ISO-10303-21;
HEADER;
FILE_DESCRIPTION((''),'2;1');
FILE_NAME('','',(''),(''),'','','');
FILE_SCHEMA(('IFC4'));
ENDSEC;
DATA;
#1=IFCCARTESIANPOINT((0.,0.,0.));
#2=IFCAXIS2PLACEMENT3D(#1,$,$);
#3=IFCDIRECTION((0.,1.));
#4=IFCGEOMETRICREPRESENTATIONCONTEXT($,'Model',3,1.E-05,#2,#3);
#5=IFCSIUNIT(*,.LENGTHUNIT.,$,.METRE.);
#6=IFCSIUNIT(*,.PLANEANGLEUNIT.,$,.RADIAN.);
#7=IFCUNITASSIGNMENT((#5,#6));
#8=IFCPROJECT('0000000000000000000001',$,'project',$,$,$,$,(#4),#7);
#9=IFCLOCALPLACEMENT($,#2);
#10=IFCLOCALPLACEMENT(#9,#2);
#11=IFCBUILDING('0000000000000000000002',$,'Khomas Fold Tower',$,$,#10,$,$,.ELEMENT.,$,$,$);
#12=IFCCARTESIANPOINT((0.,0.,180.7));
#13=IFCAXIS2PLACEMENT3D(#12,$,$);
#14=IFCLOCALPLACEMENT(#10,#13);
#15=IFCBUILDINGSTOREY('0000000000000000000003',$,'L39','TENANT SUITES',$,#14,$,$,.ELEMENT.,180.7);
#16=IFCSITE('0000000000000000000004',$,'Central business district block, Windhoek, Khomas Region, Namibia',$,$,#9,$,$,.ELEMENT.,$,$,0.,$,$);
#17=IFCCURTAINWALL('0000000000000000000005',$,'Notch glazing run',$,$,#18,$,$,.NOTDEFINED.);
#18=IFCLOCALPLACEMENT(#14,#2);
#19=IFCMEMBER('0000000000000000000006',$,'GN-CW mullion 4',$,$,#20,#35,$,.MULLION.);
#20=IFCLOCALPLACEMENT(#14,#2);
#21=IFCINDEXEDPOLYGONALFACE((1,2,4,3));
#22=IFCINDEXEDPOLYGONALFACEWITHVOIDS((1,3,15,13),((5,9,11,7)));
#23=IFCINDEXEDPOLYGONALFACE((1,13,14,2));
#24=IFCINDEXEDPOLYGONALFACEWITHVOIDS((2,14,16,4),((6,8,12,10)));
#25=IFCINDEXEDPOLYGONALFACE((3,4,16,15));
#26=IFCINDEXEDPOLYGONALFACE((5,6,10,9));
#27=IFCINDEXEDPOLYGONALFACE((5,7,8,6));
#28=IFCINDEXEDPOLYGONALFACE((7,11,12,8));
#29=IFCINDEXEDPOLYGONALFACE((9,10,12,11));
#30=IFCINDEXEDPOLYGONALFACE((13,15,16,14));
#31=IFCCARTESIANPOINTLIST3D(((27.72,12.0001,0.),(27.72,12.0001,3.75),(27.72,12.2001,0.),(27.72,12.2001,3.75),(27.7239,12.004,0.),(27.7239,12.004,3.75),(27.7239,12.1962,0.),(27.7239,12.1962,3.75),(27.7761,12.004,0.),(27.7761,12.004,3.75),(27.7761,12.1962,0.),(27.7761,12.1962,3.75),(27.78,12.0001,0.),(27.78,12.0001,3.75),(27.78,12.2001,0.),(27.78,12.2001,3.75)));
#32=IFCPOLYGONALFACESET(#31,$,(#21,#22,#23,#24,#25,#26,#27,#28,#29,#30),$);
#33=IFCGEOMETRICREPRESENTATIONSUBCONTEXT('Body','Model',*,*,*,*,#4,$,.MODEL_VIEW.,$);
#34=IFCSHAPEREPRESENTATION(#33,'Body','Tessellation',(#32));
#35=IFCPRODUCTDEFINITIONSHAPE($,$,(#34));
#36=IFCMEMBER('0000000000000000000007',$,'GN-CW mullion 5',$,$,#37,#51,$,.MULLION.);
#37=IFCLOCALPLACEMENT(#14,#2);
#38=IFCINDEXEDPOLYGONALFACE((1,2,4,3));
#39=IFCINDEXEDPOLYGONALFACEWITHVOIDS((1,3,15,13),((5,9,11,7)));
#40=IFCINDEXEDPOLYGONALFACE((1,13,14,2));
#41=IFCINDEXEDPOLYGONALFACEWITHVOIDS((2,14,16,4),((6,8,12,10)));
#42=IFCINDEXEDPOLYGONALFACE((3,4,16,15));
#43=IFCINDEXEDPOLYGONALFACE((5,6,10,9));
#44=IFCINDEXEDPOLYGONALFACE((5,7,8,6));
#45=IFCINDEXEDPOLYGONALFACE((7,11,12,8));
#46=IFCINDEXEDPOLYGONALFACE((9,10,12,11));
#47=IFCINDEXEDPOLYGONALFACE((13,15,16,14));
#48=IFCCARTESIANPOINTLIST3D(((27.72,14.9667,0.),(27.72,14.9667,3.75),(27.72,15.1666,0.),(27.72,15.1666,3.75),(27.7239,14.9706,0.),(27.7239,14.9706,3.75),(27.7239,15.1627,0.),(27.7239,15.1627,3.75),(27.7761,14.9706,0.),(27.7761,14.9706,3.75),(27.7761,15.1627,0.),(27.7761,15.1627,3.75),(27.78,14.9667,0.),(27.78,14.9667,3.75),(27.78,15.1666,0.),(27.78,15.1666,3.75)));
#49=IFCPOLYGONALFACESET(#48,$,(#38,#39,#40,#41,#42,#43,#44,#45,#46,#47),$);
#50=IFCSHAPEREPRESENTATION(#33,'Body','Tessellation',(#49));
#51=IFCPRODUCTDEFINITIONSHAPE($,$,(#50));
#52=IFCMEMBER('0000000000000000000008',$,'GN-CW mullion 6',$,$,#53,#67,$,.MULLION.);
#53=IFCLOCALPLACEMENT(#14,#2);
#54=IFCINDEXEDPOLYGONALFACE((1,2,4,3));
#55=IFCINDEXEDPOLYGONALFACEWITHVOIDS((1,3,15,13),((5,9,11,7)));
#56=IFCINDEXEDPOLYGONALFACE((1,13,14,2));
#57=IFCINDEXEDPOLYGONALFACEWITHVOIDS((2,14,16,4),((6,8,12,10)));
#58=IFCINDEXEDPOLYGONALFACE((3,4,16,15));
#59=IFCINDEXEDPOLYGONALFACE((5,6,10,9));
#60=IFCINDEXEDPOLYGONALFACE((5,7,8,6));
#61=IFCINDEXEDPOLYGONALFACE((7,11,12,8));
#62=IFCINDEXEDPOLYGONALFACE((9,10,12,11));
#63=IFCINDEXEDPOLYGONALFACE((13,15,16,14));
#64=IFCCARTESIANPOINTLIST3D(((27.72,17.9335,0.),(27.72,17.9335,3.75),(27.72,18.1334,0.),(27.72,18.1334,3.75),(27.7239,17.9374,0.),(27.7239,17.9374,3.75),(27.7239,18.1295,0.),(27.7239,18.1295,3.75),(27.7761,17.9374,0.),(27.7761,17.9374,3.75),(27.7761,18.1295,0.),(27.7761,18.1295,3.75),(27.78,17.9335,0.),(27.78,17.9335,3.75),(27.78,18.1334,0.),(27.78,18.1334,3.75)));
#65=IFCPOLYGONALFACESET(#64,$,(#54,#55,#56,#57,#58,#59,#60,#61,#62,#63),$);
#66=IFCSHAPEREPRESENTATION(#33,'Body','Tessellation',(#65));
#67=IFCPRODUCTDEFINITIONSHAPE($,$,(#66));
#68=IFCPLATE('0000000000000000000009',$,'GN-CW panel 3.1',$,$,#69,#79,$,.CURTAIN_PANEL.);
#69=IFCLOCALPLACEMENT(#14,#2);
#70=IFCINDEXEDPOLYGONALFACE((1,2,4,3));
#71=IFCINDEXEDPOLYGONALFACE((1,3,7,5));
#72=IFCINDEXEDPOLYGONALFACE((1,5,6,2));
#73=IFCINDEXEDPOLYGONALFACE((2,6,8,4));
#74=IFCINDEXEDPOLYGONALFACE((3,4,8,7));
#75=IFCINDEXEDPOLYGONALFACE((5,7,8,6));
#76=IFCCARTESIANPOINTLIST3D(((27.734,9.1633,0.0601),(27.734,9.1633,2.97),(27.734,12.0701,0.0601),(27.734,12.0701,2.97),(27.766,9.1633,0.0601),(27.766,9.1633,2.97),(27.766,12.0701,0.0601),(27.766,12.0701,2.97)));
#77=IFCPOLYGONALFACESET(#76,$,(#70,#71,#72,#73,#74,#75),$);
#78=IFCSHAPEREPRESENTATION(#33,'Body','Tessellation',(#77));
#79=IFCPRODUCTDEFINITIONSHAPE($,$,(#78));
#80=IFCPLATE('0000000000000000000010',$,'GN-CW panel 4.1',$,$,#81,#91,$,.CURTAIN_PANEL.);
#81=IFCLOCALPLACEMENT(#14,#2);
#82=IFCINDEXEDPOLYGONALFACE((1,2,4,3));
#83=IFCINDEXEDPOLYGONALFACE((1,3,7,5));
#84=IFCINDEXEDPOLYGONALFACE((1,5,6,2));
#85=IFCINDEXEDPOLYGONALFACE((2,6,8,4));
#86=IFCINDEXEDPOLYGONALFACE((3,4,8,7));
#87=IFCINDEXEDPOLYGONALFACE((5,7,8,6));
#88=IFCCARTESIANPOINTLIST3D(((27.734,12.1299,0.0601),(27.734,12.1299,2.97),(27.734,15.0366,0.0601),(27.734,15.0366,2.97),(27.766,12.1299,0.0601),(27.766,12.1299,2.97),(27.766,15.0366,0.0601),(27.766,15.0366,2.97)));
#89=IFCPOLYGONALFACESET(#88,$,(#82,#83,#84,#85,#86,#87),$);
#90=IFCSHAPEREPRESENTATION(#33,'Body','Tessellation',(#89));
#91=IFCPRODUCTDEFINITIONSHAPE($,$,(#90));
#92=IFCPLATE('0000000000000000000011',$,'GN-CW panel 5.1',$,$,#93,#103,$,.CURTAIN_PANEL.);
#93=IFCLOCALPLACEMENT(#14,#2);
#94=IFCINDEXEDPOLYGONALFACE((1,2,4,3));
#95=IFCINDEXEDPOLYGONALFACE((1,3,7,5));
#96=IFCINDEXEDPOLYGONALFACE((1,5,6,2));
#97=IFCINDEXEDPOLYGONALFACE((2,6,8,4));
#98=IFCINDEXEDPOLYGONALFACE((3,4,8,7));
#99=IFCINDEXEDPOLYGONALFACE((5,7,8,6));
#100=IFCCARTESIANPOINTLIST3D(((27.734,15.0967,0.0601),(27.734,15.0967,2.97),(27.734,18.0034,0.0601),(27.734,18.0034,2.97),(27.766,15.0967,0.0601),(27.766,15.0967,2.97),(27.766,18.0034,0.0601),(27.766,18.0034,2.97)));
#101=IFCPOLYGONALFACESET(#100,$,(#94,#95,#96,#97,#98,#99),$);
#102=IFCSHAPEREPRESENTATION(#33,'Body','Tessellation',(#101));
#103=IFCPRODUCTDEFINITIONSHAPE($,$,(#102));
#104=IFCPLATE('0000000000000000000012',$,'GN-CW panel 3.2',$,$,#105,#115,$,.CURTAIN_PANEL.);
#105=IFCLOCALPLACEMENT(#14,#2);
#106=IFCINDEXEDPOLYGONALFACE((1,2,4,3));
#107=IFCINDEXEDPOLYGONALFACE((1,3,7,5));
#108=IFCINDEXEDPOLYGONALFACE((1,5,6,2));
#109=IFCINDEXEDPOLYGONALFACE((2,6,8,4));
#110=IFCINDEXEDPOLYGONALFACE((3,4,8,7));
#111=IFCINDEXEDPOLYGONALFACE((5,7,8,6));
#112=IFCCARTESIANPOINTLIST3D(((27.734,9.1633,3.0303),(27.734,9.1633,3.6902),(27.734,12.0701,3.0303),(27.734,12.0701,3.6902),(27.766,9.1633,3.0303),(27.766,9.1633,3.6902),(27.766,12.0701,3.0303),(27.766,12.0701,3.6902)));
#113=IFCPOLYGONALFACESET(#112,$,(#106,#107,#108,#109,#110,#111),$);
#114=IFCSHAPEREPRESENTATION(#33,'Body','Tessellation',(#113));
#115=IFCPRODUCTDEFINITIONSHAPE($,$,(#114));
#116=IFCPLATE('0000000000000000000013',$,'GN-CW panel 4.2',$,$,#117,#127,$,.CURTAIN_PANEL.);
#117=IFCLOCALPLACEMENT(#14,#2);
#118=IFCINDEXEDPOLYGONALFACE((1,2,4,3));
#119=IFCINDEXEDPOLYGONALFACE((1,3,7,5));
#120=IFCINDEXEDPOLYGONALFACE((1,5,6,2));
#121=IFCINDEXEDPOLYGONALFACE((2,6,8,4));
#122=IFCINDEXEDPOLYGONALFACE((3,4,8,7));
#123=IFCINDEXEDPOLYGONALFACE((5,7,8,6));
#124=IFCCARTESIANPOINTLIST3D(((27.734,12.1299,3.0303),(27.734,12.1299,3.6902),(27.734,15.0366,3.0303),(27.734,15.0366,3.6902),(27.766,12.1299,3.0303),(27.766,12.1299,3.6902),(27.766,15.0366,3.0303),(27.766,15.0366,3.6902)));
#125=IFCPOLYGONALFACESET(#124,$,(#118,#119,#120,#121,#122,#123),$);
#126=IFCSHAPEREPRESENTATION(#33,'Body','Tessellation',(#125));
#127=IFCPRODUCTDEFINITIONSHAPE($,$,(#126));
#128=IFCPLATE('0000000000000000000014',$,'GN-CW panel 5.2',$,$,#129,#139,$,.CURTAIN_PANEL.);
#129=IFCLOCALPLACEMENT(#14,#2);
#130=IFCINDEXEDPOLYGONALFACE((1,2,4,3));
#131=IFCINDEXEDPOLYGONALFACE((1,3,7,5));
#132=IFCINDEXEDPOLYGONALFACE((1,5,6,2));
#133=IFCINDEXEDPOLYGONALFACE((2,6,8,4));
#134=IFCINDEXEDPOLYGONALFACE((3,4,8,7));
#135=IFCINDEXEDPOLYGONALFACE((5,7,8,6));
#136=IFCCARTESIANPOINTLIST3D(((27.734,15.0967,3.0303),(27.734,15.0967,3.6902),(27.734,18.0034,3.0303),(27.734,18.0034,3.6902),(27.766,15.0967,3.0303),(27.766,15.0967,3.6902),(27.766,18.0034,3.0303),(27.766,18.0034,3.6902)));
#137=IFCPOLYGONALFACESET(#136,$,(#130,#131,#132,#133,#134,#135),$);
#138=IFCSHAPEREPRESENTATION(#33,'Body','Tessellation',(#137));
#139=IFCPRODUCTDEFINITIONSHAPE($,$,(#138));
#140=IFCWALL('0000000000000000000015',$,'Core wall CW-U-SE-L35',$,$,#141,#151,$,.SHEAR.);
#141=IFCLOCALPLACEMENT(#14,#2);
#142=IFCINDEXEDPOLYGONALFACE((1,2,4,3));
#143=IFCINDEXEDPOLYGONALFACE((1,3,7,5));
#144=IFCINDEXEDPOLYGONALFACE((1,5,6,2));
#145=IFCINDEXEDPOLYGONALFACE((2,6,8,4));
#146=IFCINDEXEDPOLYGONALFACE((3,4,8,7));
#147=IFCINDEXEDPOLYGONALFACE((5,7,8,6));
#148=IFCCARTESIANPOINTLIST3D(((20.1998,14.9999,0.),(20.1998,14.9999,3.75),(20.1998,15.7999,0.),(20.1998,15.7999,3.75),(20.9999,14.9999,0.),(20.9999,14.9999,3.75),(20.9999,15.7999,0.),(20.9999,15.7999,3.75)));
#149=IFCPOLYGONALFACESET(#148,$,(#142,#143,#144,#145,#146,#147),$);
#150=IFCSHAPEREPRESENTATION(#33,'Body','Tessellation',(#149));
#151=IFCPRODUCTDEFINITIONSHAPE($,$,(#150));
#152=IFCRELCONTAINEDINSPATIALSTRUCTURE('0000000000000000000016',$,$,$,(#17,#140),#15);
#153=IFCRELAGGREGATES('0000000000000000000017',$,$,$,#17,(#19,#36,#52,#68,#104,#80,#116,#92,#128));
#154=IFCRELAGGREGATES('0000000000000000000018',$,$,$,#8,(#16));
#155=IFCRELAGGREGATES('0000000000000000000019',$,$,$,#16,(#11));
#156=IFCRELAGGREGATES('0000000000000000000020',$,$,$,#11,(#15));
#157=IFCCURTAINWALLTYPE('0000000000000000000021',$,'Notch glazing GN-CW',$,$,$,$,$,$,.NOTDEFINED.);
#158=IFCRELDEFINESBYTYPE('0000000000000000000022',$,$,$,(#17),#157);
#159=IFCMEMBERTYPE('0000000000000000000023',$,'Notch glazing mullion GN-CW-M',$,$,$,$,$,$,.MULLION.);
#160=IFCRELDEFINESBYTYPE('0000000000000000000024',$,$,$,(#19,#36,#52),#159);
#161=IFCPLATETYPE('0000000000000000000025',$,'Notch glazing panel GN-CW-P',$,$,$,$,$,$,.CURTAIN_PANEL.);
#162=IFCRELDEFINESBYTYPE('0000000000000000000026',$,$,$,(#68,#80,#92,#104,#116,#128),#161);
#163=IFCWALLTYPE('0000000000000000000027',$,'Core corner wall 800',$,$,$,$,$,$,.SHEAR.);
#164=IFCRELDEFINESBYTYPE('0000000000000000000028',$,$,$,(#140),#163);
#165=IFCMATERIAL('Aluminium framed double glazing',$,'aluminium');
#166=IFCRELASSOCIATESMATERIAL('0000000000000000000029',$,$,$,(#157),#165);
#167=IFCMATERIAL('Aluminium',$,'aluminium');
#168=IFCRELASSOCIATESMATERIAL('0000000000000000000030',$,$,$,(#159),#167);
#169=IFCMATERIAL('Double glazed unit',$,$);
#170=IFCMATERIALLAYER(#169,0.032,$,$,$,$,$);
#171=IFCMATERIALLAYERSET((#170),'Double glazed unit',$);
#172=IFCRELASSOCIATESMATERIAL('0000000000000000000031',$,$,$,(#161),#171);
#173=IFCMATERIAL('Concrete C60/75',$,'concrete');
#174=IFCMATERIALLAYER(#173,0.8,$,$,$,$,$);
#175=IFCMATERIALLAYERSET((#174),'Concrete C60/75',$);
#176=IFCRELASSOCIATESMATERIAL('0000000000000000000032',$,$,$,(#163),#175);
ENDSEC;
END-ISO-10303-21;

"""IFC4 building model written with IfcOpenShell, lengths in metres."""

from ifc_helpers import new_model, si_unit, direction, frame, frame_2d, origin, origin_2d, place, context, subcontext, project, spatial, rectangle, hollow_rectangle, extrude, source, transform, mapped, material, layer, layer_set, material_profile, profile_set, type_object, element, aggregate, save


model = new_model("IFC4")

# Units and contexts
model_context = context("Model", 3, precision=1e-05, world=origin(), true_north=direction((0.0, 1.0)))
body_context = subcontext(model_context, "Body", "Model", "MODEL_VIEW")
ifc_project = project(units=[si_unit("LENGTHUNIT", "METRE"), si_unit("PLANEANGLEUNIT", "RADIAN")], contexts=[model_context])

# Site, building, storey
site_placement = place(None, origin())
site = spatial("IfcSite", under=ifc_project, at=site_placement, Name="Central business district block, Windhoek, Khomas Region, Namibia", CompositionType="ELEMENT", RefElevation=0.0)
building_placement = place(site_placement, origin())
building = spatial("IfcBuilding", under=site, at=building_placement, Name="Khomas Fold Tower", CompositionType="ELEMENT")
storey_placement = place(building_placement, frame((0.0, 0.0, 180.7)))
storey = spatial("IfcBuildingStorey", under=building, at=storey_placement, Name="L39", Description="TENANT SUITES", CompositionType="ELEMENT", Elevation=180.7)

# Curtain wall, members, plates
ifc_material_1 = material(Name="Aluminium framed double glazing", Category="aluminium")
curtain_wall_type = type_object("IfcCurtainWallType", Name="Notch glazing GN-CW", PredefinedType="NOTDEFINED", material=ifc_material_1)
curtain_wall_placement = place(storey_placement, origin())
curtain_wall = element("IfcCurtainWall", 1, at=curtain_wall_placement, inside=storey, type_object=curtain_wall_type, Name="Notch glazing run", PredefinedType="NOTDEFINED")
ifc_material_2 = material(Name="Aluminium", Category="aluminium")
ifc_material_profile_1 = material_profile(ifc_material_2, hollow_rectangle(XDim=0.0601, YDim=0.2, WallThickness=0.0039, at=origin_2d()), Name="Notch glazing mullion GN-CW-M")
ifc_profile_set_1 = profile_set([ifc_material_profile_1], Name="Aluminium")
member_type_1 = type_object("IfcMemberType", Name="Notch glazing mullion GN-CW-M", PredefinedType="MULLION", material=ifc_profile_set_1)
shared_shape_1 = source(origin(), body_context, "Body", "SweptSolid", [
    extrude(hollow_rectangle(XDim=0.0601, YDim=0.2, WallThickness=0.0039, at=origin_2d()), origin(), (0.0, 0.0, 1.0), 3.75),
])
member_1_placement = place(storey_placement, frame((27.75, 12.1001, 0.0), z_axis=(0.0, 0.0, 1.0), x_axis=(-1.0, 0.0, 0.0)))
member_1 = element("IfcMember", 2, at=member_1_placement, type_object=member_type_1, Name="GN-CW mullion 4", PredefinedType="MULLION", context=body_context, shape_type="MappedRepresentation", body=[
    mapped(shared_shape_1, transform((0.0, 0.0, 0.0))),
])
member_2_placement = place(storey_placement, frame((27.75, 15.0667, 0.0), z_axis=(0.0, 0.0, 1.0), x_axis=(-1.0, 0.0, 0.0)))
member_2 = element("IfcMember", 3, at=member_2_placement, type_object=member_type_1, Name="GN-CW mullion 5", PredefinedType="MULLION", context=body_context, shape_type="MappedRepresentation", body=[
    mapped(shared_shape_1, transform((0.0, 0.0, 0.0))),
])
member_3_placement = place(storey_placement, frame((27.75, 18.0334, 0.0), z_axis=(0.0, 0.0, 1.0), x_axis=(-1.0, 0.0, 0.0)))
member_3 = element("IfcMember", 4, at=member_3_placement, type_object=member_type_1, Name="GN-CW mullion 6", PredefinedType="MULLION", context=body_context, shape_type="MappedRepresentation", body=[
    mapped(shared_shape_1, transform((0.0, 0.0, 0.0))),
])
ifc_material_3 = material(Name="Double glazed unit")
ifc_layer_1 = layer(ifc_material_3, 0.032)
ifc_layer_set_1 = layer_set([ifc_layer_1], Name="Double glazed unit")
plate_type = type_object("IfcPlateType", Name="Notch glazing panel GN-CW-P", PredefinedType="CURTAIN_PANEL", material=ifc_layer_set_1)
shared_shape_2 = source(origin(), body_context, "Body", "SweptSolid", [
    extrude(rectangle(XDim=2.9067, YDim=0.032, at=origin_2d()), origin(), (0.0, 0.0, 1.0), 2.9099),
])
plate_1_placement = place(storey_placement, frame((27.75, 10.6167, 0.0601), z_axis=(0.0, 0.0, 1.0), x_axis=(0.0, 1.0, 0.0)))
plate_1 = element("IfcPlate", 5, at=plate_1_placement, type_object=plate_type, Name="GN-CW panel 3.1", PredefinedType="CURTAIN_PANEL", context=body_context, shape_type="MappedRepresentation", body=[
    mapped(shared_shape_2, transform((0.0, 0.0, 0.0))),
])
plate_2_placement = place(storey_placement, frame((27.75, 13.5833, 0.0601), z_axis=(0.0, 0.0, 1.0), x_axis=(0.0, 1.0, 0.0)))
plate_2 = element("IfcPlate", 6, at=plate_2_placement, type_object=plate_type, Name="GN-CW panel 4.1", PredefinedType="CURTAIN_PANEL", context=body_context, shape_type="MappedRepresentation", body=[
    mapped(shared_shape_2, transform((0.0, 0.0, 0.0))),
])
plate_3_placement = place(storey_placement, frame((27.75, 16.55, 0.0601), z_axis=(0.0, 0.0, 1.0), x_axis=(0.0, 1.0, 0.0)))
plate_3 = element("IfcPlate", 7, at=plate_3_placement, type_object=plate_type, Name="GN-CW panel 5.1", PredefinedType="CURTAIN_PANEL", context=body_context, shape_type="MappedRepresentation", body=[
    mapped(shared_shape_2, transform((0.0, 0.0, 0.0))),
])
shared_shape_3 = source(origin(), body_context, "Body", "SweptSolid", [
    extrude(rectangle(XDim=2.9067, YDim=0.032, at=origin_2d()), origin(), (0.0, 0.0, 1.0), 0.6599),
])
plate_4_placement = place(storey_placement, frame((27.75, 10.6167, 3.0303), z_axis=(0.0, 0.0, 1.0), x_axis=(0.0, 1.0, 0.0)))
plate_4 = element("IfcPlate", 8, at=plate_4_placement, type_object=plate_type, Name="GN-CW panel 3.2", PredefinedType="CURTAIN_PANEL", context=body_context, shape_type="MappedRepresentation", body=[
    mapped(shared_shape_3, transform((0.0, 0.0, 0.0))),
])
plate_5_placement = place(storey_placement, frame((27.75, 13.5833, 3.0303), z_axis=(0.0, 0.0, 1.0), x_axis=(0.0, 1.0, 0.0)))
plate_5 = element("IfcPlate", 9, at=plate_5_placement, type_object=plate_type, Name="GN-CW panel 4.2", PredefinedType="CURTAIN_PANEL", context=body_context, shape_type="MappedRepresentation", body=[
    mapped(shared_shape_3, transform((0.0, 0.0, 0.0))),
])
plate_6_placement = place(storey_placement, frame((27.75, 16.55, 3.0303), z_axis=(0.0, 0.0, 1.0), x_axis=(0.0, 1.0, 0.0)))
plate_6 = element("IfcPlate", 10, at=plate_6_placement, type_object=plate_type, Name="GN-CW panel 5.2", PredefinedType="CURTAIN_PANEL", context=body_context, shape_type="MappedRepresentation", body=[
    mapped(shared_shape_3, transform((0.0, 0.0, 0.0))),
])
aggregate(curtain_wall, [member_1, member_2, member_3, plate_1, plate_4, plate_2, plate_5, plate_3, plate_6])

# Wall
ifc_material_4 = material(Name="Concrete C60/75", Category="concrete")
ifc_layer_2 = layer(ifc_material_4, 0.8)
ifc_layer_set_2 = layer_set([ifc_layer_2], Name="Concrete C60/75")
wall_type_1 = type_object("IfcWallType", Name="Core corner wall 800", PredefinedType="SHEAR", material=ifc_layer_set_2)
shared_shape_4 = source(origin(), body_context, "Body", "SweptSolid", [
    extrude(rectangle(XDim=0.8, YDim=0.8, at=frame_2d((0.3999, 0.0))), origin(), (0.0, 0.0, 1.0), 3.75),
])
wall_1_placement = place(storey_placement, frame((20.2, 15.3999, 0.0), z_axis=(0.0, 0.0, 1.0), x_axis=(1.0, 0.0, 0.0)))
element("IfcWall", 11, at=wall_1_placement, inside=storey, type_object=wall_type_1, Name="Core wall CW-U-SE-L35", PredefinedType="SHEAR", context=body_context, shape_type="MappedRepresentation", body=[
    mapped(shared_shape_4, transform((0.0, 0.0, 0.0))),
])

save(model, "model.ifc")
